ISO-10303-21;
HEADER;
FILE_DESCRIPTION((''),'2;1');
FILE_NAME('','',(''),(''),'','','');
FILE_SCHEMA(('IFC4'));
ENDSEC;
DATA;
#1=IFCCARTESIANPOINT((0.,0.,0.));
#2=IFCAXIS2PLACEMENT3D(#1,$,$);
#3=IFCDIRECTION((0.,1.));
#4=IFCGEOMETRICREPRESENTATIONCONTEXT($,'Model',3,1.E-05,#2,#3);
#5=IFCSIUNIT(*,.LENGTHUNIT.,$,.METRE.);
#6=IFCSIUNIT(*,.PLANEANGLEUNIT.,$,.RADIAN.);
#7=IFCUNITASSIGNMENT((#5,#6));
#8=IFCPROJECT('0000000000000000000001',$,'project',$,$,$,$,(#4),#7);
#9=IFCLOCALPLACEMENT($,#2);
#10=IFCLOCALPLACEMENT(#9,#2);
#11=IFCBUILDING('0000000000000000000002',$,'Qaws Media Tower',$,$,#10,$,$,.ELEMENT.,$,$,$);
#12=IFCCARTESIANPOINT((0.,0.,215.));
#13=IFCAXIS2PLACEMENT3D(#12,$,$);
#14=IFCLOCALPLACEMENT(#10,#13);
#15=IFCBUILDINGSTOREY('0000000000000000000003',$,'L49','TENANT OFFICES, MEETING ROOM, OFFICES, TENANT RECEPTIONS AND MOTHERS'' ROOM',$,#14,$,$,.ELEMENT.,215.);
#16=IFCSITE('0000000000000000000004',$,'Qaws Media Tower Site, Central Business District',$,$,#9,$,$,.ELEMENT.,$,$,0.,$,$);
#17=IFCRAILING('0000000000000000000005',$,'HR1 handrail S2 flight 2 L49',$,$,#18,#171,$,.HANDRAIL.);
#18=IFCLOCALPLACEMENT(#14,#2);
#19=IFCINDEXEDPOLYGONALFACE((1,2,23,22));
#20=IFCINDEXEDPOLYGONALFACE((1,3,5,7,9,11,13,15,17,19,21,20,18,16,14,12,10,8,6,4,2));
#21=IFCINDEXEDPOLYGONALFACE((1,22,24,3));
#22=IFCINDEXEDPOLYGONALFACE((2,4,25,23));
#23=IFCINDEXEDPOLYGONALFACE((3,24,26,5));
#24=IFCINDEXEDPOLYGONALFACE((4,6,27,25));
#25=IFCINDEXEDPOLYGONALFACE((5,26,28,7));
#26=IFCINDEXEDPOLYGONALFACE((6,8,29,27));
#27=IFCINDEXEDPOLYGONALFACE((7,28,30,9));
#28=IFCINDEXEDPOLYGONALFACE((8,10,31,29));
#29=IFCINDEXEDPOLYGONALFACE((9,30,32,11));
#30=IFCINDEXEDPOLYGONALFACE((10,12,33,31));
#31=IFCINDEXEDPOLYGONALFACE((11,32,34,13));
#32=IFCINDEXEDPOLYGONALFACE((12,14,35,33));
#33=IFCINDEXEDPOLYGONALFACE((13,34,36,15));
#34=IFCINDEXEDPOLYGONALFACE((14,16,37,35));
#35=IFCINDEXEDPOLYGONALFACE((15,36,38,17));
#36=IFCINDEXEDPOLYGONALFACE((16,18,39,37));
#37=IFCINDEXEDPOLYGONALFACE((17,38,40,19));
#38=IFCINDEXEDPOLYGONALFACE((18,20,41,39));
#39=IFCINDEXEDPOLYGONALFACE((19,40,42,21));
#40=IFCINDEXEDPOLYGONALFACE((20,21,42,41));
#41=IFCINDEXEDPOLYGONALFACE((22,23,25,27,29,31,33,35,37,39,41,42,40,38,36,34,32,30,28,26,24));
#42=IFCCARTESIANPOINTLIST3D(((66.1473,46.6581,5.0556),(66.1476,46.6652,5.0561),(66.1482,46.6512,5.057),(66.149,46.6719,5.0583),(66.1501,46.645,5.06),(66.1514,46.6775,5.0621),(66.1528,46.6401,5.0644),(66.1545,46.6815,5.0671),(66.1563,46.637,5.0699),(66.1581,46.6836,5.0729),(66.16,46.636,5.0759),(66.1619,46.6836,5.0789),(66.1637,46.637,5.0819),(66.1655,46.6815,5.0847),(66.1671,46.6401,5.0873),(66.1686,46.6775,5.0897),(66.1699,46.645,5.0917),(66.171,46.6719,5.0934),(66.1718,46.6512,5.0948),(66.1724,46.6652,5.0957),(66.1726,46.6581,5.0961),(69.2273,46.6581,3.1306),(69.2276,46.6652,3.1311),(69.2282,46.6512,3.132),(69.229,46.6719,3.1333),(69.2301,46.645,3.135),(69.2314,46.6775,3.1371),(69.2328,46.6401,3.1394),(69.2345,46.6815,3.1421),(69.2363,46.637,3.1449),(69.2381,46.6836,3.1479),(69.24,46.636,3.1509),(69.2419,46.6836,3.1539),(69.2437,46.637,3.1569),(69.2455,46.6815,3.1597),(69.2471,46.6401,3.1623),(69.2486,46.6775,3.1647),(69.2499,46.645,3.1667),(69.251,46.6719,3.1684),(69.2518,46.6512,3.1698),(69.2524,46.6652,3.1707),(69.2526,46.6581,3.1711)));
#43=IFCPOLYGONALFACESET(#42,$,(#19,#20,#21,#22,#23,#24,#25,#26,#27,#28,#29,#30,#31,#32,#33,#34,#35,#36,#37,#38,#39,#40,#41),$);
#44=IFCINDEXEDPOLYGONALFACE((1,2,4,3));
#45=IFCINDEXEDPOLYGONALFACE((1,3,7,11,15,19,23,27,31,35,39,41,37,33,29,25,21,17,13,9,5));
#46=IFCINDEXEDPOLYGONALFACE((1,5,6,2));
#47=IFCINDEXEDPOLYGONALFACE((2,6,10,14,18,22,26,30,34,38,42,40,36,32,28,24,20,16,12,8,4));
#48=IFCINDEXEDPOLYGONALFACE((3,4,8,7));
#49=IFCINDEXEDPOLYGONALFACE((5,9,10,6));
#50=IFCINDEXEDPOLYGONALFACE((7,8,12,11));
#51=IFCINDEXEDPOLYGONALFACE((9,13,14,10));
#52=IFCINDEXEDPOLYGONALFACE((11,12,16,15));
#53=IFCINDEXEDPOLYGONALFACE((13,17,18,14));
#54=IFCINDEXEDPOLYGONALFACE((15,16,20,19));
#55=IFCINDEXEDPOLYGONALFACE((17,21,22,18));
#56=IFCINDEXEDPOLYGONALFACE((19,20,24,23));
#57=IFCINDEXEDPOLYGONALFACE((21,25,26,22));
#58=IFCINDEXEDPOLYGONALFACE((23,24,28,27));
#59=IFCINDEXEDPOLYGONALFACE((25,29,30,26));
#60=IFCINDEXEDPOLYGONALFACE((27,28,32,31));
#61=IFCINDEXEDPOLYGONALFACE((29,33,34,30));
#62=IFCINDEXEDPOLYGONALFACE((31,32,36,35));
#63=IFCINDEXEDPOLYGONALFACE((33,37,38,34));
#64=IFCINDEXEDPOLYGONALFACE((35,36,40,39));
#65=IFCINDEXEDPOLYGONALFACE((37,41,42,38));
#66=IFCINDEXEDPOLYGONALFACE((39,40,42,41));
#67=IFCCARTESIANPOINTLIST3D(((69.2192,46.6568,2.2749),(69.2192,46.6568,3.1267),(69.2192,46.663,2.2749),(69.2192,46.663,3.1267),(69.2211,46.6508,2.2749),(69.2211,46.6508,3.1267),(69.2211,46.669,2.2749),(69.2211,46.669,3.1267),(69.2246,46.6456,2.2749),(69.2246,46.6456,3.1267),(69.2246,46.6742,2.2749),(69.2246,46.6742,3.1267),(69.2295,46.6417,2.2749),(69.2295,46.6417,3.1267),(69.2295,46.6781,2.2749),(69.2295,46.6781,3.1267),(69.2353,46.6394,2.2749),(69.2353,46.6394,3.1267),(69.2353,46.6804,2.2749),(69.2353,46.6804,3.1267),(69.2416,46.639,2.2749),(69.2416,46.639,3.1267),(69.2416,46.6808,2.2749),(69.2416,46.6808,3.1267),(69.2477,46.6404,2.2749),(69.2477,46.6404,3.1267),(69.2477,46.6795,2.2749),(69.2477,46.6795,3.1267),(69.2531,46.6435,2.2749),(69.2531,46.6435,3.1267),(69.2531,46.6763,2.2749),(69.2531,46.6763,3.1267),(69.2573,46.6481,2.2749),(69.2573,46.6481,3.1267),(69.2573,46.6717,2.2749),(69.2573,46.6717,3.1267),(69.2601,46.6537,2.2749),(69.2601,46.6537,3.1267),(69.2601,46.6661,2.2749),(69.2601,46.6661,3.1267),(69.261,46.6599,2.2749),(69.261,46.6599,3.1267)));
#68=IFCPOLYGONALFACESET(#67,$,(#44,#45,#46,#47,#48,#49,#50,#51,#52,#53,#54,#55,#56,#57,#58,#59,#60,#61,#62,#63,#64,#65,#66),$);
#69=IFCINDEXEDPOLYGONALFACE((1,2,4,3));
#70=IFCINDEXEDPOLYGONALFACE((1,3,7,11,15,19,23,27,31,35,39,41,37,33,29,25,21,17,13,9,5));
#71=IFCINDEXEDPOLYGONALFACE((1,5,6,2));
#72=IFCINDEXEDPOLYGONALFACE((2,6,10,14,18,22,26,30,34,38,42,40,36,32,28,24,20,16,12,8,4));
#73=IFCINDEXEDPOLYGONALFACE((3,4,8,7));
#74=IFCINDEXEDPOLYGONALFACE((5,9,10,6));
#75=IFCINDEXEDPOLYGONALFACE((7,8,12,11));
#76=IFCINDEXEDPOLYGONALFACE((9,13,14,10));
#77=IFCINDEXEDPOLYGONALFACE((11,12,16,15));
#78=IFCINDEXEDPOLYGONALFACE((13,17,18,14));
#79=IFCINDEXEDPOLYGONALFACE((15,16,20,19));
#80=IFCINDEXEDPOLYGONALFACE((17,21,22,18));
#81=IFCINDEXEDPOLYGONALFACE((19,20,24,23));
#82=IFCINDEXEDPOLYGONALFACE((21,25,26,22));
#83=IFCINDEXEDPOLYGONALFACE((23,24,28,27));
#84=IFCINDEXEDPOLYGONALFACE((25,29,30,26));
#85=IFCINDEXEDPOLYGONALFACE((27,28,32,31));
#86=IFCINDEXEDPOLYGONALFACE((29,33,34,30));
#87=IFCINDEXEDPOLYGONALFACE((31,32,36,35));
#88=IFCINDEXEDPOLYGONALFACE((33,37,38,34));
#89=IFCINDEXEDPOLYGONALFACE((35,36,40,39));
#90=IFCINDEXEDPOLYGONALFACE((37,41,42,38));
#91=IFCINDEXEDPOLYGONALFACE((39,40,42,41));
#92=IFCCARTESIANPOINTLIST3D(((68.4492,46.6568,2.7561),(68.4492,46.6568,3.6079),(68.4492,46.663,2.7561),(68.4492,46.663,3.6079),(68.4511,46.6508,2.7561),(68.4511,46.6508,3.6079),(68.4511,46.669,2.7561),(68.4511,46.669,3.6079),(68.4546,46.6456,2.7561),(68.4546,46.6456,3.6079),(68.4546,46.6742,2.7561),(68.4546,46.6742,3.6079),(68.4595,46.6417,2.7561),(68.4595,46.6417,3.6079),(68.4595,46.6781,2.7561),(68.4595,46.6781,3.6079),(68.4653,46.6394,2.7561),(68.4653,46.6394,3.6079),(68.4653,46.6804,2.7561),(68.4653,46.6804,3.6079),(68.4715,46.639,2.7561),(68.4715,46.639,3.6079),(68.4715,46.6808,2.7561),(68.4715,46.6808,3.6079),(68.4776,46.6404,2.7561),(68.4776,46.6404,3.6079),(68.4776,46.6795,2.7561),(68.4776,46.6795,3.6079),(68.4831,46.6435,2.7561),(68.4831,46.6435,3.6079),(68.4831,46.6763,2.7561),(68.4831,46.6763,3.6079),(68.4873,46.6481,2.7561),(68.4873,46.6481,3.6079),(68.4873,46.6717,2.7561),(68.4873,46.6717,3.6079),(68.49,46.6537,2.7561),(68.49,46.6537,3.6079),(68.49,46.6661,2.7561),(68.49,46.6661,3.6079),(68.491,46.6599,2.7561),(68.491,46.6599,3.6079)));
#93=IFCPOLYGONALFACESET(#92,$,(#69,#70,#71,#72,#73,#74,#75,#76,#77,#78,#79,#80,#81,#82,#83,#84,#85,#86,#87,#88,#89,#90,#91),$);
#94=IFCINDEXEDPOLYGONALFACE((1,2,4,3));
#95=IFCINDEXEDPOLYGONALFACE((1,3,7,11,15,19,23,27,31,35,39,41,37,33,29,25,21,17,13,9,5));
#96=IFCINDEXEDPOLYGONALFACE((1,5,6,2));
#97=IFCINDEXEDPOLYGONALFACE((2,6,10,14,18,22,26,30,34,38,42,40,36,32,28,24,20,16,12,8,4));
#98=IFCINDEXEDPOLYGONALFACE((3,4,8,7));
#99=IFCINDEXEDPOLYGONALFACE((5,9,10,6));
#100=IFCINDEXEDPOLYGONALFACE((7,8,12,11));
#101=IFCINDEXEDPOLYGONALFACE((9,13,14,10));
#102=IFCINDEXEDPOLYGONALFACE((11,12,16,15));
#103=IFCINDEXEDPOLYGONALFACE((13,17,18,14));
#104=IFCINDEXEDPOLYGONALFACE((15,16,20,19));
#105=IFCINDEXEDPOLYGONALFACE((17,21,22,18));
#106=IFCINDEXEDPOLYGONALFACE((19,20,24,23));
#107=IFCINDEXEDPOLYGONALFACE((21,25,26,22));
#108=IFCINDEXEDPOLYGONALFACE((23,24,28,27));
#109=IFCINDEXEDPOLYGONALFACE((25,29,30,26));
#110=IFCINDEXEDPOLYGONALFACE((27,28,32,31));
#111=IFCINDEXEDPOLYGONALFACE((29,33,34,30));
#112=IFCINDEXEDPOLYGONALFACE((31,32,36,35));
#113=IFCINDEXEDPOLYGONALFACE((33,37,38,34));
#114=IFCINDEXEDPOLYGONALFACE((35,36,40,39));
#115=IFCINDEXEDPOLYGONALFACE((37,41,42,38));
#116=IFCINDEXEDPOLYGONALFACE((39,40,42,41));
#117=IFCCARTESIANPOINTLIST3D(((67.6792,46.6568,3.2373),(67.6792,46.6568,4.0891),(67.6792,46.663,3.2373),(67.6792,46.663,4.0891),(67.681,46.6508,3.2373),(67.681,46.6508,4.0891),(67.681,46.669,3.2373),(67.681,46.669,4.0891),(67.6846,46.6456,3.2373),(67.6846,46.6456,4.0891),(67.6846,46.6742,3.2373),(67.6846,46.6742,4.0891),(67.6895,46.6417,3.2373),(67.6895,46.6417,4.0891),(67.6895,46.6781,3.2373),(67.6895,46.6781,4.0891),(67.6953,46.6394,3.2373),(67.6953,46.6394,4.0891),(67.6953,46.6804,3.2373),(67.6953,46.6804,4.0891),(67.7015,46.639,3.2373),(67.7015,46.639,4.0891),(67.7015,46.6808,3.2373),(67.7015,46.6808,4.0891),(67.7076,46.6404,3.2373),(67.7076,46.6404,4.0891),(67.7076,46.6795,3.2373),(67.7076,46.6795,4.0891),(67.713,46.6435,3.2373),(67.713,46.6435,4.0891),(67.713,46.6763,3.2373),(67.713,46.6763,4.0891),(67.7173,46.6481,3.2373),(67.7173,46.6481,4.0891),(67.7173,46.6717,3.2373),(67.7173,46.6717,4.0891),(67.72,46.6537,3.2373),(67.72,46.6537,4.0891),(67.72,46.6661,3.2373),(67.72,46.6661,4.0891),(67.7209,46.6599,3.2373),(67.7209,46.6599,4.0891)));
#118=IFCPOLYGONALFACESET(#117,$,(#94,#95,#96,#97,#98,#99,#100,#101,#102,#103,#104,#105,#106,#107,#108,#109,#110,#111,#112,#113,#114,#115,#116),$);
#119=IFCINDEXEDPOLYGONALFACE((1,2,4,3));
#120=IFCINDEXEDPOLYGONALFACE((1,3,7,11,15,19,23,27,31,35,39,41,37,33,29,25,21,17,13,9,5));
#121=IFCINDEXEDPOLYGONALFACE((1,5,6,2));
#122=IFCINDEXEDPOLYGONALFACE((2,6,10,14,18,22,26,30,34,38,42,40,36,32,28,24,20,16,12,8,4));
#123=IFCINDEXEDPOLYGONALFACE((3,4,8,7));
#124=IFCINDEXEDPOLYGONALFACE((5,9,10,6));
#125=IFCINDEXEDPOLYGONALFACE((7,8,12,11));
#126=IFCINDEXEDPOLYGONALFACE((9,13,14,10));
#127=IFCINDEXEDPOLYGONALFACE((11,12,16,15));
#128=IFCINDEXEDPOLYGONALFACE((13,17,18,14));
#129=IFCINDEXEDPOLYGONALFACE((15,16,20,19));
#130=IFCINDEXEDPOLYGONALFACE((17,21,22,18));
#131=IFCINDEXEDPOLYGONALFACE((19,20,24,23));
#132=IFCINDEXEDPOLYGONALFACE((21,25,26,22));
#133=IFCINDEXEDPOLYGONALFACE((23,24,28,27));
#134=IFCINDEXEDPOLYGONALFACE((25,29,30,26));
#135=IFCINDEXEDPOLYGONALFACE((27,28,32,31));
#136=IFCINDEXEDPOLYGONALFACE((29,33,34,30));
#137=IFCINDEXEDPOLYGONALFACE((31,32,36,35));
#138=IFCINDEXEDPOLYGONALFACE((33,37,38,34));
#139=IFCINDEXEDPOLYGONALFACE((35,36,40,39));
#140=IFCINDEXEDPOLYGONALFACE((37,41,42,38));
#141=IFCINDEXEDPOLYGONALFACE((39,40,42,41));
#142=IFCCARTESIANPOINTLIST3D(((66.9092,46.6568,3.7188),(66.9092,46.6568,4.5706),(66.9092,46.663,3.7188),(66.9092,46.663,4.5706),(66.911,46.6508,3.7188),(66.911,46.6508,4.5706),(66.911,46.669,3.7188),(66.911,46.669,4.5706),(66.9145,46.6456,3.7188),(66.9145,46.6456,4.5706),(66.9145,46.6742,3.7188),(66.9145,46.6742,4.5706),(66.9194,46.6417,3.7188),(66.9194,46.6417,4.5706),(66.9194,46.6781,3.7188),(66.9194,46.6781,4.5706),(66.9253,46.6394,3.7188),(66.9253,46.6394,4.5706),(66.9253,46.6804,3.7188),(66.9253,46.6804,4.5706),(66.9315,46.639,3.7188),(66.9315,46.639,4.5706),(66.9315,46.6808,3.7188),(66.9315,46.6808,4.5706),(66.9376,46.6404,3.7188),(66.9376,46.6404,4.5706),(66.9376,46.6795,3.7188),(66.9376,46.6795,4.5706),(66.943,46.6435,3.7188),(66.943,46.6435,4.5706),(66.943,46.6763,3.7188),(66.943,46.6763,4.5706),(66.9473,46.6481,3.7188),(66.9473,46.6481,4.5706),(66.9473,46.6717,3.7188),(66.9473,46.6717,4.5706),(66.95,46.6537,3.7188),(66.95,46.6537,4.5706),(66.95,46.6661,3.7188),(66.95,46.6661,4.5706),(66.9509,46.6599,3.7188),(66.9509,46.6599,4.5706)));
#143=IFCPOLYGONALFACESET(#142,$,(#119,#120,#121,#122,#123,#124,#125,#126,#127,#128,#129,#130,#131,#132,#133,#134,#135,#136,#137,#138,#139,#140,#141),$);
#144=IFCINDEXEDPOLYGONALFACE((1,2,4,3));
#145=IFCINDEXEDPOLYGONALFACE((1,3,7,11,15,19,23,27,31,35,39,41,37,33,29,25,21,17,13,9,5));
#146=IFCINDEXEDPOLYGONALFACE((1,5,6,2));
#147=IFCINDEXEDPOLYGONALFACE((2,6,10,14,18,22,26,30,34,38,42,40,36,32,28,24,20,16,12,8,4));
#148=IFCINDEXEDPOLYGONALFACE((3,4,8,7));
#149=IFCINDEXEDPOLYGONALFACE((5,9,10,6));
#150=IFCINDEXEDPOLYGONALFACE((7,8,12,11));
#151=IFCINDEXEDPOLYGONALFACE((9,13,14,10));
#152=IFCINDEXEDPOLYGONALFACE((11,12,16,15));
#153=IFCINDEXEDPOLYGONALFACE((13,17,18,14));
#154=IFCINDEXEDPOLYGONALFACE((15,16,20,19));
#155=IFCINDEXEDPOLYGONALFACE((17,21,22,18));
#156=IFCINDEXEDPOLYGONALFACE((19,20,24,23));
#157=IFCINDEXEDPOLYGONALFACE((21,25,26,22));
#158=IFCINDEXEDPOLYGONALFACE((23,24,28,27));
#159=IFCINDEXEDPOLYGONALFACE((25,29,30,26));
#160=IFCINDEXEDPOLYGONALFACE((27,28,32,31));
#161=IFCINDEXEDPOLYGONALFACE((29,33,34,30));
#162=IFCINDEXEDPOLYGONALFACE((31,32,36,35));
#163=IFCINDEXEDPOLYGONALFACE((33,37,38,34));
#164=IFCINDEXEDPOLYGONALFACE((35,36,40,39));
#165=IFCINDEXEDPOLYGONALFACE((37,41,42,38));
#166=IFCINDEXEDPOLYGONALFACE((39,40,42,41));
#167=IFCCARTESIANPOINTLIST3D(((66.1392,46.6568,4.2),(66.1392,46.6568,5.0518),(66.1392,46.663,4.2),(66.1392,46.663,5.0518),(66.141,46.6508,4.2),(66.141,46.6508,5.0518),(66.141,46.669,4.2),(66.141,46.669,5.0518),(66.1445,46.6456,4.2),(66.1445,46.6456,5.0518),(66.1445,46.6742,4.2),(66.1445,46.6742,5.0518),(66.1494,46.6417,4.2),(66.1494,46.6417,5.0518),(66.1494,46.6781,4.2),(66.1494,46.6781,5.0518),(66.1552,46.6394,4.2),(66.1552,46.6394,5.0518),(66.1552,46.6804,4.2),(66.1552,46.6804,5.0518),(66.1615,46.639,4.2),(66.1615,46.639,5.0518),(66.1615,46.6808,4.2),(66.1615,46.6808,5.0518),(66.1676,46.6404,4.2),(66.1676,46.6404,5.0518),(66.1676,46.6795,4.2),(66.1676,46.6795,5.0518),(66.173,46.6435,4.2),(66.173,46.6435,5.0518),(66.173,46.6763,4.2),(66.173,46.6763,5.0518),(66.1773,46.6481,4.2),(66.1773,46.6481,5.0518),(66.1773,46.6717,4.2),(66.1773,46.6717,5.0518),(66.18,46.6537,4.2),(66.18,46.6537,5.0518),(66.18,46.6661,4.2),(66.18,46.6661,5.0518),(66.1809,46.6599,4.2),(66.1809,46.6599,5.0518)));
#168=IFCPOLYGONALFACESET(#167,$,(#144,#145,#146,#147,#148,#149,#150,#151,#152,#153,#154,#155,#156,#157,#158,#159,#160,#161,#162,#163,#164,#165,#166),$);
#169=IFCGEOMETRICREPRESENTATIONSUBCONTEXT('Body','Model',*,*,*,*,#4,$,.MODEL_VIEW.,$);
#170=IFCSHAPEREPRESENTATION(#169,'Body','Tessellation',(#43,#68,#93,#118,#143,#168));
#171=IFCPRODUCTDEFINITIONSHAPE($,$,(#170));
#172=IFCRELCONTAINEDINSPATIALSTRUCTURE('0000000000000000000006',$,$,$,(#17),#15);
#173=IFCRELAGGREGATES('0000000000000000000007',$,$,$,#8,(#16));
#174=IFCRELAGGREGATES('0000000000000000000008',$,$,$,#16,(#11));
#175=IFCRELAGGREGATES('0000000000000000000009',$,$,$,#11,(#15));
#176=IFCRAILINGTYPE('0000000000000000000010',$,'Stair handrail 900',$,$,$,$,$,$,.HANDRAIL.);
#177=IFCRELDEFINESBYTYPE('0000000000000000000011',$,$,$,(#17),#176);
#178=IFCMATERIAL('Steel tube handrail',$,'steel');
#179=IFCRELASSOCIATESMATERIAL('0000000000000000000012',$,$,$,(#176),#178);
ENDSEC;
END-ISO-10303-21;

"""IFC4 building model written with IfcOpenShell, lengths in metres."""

from ifc_helpers import new_model, si_unit, direction, frame, origin, origin_2d, place, context, subcontext, project, spatial, circle, extrude, material, type_object, element, save


model = new_model("IFC4")

# Units and contexts
model_context = context("Model", 3, precision=1e-05, world=origin(), true_north=direction((0.0, 1.0)))
body_context = subcontext(model_context, "Body", "Model", "MODEL_VIEW")
ifc_project = project(units=[si_unit("LENGTHUNIT", "METRE"), si_unit("PLANEANGLEUNIT", "RADIAN")], contexts=[model_context])

# Site, building, storey
site_placement = place(None, origin())
site = spatial("IfcSite", under=ifc_project, at=site_placement, Name="Qaws Media Tower Site, Central Business District", CompositionType="ELEMENT", RefElevation=0.0)
building_placement = place(site_placement, origin())
building = spatial("IfcBuilding", under=site, at=building_placement, Name="Qaws Media Tower", CompositionType="ELEMENT")
storey_placement = place(building_placement, frame((0.0, 0.0, 215.0)))
storey = spatial("IfcBuildingStorey", under=building, at=storey_placement, Name="L49", Description="TENANT OFFICES, MEETING ROOM, OFFICES, TENANT RECEPTIONS AND MOTHERS' ROOM", CompositionType="ELEMENT", Elevation=215.0)

# Railing
ifc_material_1 = material(Name="Steel tube handrail", Category="steel")
railing_type = type_object("IfcRailingType", Name="Stair handrail 900", PredefinedType="HANDRAIL", material=ifc_material_1)
for number, where, name in (
    (1, (69.24, 46.6599, 2.2749), "HR1 handrail S2 flight 2 L49"),
):
    element("IfcRailing", number, at=place(storey_placement, frame(where)), inside=storey, type_object=railing_type, Name=name, PredefinedType="HANDRAIL", context=body_context, shape_type="SweptSolid", body=[
        extrude(circle(Radius=0.0239, at=origin_2d()), frame((0.0, 0.0, 0.876), z_axis=(-0.847998, 0.0, 0.529999), x_axis=(0.0, -1.0, 0.0)), (0.0, 0.0, 1.0), 3.6321),
        extrude(circle(Radius=0.021, at=origin_2d()), origin(), (0.0, 0.0, 1.0), 0.8518),
        extrude(circle(Radius=0.021, at=origin_2d()), frame((-0.77, 0.0, 0.4812)), (0.0, 0.0, 1.0), 0.8518),
        extrude(circle(Radius=0.021, at=origin_2d()), frame((-1.54, 0.0, 0.9624)), (0.0, 0.0, 1.0), 0.8518),
        extrude(circle(Radius=0.021, at=origin_2d()), frame((-2.3101, 0.0, 1.4438)), (0.0, 0.0, 1.0), 0.8518),
        extrude(circle(Radius=0.021, at=origin_2d()), frame((-3.0801, 0.0, 1.925)), (0.0, 0.0, 1.0), 0.8518),
    ])

save(model, "model.ifc")
